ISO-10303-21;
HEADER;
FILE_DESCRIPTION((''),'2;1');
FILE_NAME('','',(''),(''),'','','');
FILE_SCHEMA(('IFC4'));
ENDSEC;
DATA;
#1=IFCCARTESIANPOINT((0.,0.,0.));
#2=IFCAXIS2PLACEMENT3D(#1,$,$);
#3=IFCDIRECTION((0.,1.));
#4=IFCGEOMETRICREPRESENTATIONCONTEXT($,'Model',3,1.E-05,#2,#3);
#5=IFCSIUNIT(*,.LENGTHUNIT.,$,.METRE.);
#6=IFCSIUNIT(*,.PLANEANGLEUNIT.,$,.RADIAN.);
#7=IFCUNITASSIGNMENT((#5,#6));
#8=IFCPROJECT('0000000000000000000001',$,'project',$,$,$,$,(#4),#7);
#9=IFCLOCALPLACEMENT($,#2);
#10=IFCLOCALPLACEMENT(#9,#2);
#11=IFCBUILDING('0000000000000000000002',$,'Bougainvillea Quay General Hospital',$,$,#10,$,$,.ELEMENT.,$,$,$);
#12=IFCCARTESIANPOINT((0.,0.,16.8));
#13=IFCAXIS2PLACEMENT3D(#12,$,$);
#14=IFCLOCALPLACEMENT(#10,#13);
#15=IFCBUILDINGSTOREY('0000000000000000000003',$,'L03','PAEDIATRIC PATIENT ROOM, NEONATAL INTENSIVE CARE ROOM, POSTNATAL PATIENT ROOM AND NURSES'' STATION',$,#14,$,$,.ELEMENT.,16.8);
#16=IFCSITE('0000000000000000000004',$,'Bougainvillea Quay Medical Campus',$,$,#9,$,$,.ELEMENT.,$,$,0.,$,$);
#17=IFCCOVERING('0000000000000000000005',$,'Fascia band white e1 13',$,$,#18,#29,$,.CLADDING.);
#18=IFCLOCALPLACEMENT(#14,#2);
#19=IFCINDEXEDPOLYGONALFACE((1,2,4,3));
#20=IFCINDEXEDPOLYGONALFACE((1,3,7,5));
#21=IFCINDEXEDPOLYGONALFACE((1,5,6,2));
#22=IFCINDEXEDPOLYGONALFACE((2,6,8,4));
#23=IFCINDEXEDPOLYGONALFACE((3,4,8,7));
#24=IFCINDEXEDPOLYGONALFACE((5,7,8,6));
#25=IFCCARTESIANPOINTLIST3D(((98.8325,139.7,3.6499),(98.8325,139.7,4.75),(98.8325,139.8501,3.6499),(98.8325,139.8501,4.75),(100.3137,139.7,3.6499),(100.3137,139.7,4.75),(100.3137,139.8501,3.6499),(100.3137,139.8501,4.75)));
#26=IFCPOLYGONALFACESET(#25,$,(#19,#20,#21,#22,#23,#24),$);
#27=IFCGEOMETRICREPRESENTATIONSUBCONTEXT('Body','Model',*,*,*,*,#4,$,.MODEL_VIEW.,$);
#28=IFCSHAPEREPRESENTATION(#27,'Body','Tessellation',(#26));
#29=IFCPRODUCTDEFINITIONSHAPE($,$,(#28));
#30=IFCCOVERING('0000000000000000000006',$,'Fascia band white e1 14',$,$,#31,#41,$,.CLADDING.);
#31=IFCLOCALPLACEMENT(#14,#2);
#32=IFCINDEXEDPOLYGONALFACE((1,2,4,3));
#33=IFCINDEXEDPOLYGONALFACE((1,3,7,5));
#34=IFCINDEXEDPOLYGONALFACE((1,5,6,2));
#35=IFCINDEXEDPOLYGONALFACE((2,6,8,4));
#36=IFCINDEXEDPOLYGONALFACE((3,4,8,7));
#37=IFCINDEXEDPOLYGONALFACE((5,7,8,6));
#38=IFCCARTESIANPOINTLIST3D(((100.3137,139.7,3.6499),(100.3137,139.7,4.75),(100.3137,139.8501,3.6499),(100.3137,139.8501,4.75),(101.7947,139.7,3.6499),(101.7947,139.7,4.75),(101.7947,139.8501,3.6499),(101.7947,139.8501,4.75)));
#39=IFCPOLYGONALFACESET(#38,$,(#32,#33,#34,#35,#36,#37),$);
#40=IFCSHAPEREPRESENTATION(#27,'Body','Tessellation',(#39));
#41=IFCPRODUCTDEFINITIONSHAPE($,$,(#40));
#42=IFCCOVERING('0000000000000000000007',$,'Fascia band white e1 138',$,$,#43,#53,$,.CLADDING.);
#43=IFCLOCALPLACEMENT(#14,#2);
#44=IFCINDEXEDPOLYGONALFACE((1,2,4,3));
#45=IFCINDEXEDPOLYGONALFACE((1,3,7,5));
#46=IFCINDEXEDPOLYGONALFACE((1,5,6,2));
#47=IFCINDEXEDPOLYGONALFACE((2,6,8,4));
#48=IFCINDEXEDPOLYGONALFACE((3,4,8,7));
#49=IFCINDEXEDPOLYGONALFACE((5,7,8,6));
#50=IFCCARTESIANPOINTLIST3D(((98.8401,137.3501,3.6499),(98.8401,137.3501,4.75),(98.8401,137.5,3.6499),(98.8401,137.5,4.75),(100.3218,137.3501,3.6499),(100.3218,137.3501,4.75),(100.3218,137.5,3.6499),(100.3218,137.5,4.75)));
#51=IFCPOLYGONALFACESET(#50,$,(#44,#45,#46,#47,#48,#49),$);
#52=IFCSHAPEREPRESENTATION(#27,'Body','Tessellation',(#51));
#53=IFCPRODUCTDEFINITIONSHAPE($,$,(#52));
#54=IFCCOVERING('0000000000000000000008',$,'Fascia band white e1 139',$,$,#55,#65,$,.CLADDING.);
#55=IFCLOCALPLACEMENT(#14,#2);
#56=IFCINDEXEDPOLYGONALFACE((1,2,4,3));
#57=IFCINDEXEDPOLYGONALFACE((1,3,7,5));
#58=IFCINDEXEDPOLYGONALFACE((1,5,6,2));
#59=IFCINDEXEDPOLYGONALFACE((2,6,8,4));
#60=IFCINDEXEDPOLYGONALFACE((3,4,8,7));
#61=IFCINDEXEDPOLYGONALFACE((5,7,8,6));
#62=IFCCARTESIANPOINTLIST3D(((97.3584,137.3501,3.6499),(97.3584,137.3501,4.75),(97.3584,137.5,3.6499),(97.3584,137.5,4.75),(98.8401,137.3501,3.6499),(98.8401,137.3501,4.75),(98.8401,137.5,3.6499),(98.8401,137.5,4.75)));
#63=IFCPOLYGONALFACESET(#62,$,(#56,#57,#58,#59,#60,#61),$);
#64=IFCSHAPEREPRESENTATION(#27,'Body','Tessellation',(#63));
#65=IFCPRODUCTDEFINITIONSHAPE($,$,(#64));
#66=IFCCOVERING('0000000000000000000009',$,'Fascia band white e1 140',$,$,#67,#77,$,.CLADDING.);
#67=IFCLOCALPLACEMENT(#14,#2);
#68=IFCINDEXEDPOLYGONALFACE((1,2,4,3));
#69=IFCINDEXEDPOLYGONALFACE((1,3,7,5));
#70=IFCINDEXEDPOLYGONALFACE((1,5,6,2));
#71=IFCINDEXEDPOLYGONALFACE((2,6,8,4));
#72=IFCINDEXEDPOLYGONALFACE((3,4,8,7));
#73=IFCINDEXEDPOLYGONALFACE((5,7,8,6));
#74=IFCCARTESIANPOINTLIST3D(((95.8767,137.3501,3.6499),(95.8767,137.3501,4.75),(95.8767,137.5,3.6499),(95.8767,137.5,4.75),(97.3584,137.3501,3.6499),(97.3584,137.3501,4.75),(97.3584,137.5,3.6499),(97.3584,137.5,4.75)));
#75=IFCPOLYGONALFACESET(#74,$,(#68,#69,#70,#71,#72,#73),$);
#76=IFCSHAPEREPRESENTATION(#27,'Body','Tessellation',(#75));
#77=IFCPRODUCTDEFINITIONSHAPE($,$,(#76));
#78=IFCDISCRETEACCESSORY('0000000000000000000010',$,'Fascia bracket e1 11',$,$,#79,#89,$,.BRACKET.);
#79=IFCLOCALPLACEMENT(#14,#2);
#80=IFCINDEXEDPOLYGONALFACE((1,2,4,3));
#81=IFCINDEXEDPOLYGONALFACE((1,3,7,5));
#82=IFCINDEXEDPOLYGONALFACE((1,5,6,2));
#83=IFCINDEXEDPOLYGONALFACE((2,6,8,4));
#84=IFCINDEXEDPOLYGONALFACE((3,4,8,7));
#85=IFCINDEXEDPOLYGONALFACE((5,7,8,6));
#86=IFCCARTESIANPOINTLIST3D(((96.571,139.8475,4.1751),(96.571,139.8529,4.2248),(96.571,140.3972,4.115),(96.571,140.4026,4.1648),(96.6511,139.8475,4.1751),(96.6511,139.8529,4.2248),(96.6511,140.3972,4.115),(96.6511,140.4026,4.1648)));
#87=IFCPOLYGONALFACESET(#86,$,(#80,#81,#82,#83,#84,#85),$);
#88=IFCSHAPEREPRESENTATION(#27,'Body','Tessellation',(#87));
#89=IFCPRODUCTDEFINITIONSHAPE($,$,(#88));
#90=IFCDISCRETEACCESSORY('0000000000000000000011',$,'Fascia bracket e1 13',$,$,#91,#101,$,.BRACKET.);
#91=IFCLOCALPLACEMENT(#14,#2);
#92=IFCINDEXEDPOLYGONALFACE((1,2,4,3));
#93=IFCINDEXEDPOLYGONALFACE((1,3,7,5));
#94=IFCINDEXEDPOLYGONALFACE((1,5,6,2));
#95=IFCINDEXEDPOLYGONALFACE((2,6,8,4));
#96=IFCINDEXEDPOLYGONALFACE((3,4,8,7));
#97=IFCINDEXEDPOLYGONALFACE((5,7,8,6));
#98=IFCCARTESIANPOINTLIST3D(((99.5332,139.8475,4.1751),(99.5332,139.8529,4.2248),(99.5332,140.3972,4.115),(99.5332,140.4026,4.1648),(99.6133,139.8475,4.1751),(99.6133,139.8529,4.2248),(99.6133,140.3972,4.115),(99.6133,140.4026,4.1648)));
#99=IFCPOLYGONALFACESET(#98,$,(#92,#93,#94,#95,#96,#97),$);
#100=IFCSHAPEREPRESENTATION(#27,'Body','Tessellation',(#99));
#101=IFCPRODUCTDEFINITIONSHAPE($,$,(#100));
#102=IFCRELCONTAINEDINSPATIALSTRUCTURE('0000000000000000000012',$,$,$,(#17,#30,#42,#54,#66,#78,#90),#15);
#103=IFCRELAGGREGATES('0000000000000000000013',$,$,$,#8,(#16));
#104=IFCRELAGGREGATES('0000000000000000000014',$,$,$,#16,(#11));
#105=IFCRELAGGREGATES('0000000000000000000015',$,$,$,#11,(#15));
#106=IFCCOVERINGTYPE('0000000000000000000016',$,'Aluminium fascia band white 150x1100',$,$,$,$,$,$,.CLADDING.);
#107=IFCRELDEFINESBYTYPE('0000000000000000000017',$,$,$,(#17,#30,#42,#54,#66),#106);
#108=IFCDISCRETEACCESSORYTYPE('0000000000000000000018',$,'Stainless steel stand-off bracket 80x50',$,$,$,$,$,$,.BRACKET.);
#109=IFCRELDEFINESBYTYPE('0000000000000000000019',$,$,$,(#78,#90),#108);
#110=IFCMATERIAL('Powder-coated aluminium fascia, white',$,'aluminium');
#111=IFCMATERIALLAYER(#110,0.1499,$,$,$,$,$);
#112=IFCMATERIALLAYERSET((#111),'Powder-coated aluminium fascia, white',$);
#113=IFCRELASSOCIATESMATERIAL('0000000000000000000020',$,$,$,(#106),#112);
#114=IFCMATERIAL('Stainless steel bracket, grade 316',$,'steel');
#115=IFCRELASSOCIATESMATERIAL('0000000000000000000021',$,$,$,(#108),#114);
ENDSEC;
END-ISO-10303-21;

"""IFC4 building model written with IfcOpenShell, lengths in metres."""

from ifc_helpers import new_model, si_unit, direction, frame, origin, origin_2d, place, context, subcontext, project, spatial, polyline, rectangle, outline, extrude, material, layer, layer_set, material_profile, profile_set, type_object, element, save


model = new_model("IFC4")

# Units and contexts
model_context = context("Model", 3, precision=1e-05, world=origin(), true_north=direction((0.0, 1.0)))
body_context = subcontext(model_context, "Body", "Model", "MODEL_VIEW")
ifc_project = project(units=[si_unit("LENGTHUNIT", "METRE"), si_unit("PLANEANGLEUNIT", "RADIAN")], contexts=[model_context])

# Site, building, storey
site_placement = place(None, origin())
site = spatial("IfcSite", under=ifc_project, at=site_placement, Name="Bougainvillea Quay Medical Campus", CompositionType="ELEMENT", RefElevation=0.0)
building_placement = place(site_placement, origin())
building = spatial("IfcBuilding", under=site, at=building_placement, Name="Bougainvillea Quay General Hospital", CompositionType="ELEMENT")
storey_placement = place(building_placement, frame((0.0, 0.0, 16.8)))
storey = spatial("IfcBuildingStorey", under=building, at=storey_placement, Name="L03", Description="PAEDIATRIC PATIENT ROOM, NEONATAL INTENSIVE CARE ROOM, POSTNATAL PATIENT ROOM AND NURSES' STATION", CompositionType="ELEMENT", Elevation=16.8)

# Coverings
ifc_material_1 = material(Name="Powder-coated aluminium fascia, white", Category="aluminium")
ifc_layer_1 = layer(ifc_material_1, 0.1499)
ifc_layer_set_1 = layer_set([ifc_layer_1], Name="Powder-coated aluminium fascia, white")
covering_type = type_object("IfcCoveringType", Name="Aluminium fascia band white 150x1100", PredefinedType="CLADDING", material=ifc_layer_set_1)
covering_1_placement = place(storey_placement, frame((98.8325, 139.8501, 3.6499), z_axis=(0.0, 0.0, 1.0), x_axis=(1.0, 0.0, 0.0)))
element("IfcCovering", 1, at=covering_1_placement, inside=storey, type_object=covering_type, Name="Fascia band white e1 13", PredefinedType="CLADDING", context=body_context, shape_type="SweptSolid", body=[
    extrude(outline(polyline([(0.0, 0.0), (1.4812, 0.0), (1.4812, -0.1501), (0.0, -0.1501), (0.0, 0.0)])), origin(), (0.0, 0.0, 1.0), 1.1001),
])
covering_2_placement = place(storey_placement, frame((100.3137, 139.8501, 3.6499), z_axis=(0.0, 0.0, 1.0), x_axis=(1.0, 0.0, 0.0)))
element("IfcCovering", 2, at=covering_2_placement, inside=storey, type_object=covering_type, Name="Fascia band white e1 14", PredefinedType="CLADDING", context=body_context, shape_type="SweptSolid", body=[
    extrude(outline(polyline([(0.0, 0.0), (1.481, 0.0), (1.481, -0.1501), (0.0, -0.1501), (0.0, 0.0)])), origin(), (0.0, 0.0, 1.0), 1.1001),
])
for number, where, z_axis, x_axis, name in (
    (3, (100.3218, 137.3501, 3.6499), (0.0, 0.0, 1.0), (-1.0, 0.0, 0.0), "Fascia band white e1 138"),
    (4, (98.8401, 137.3501, 3.6499), (0.0, 0.0, 1.0), (-1.0, 0.0, 0.0), "Fascia band white e1 139"),
    (5, (97.3584, 137.3501, 3.6499), (0.0, 0.0, 1.0), (-1.0, 0.0, 0.0), "Fascia band white e1 140"),
):
    element("IfcCovering", number, at=place(storey_placement, frame(where, z_axis=z_axis, x_axis=x_axis)), inside=storey, type_object=covering_type, Name=name, PredefinedType="CLADDING", context=body_context, shape_type="SweptSolid", body=[
        extrude(outline(polyline([(0.0, 0.0), (1.4817, 0.0), (1.4817, -0.1499), (0.0, -0.1499), (0.0, 0.0)])), origin(), (0.0, 0.0, 1.0), 1.1001),
    ])

# Discrete accessories
ifc_material_2 = material(Name="Stainless steel bracket, grade 316", Category="steel")
ifc_material_profile_1 = material_profile(ifc_material_2, rectangle(XDim=0.0801, YDim=0.05, at=origin_2d()))
ifc_profile_set_1 = profile_set([ifc_material_profile_1], Name="Stainless steel bracket, grade 316")
discrete_accessory_type = type_object("IfcDiscreteAccessoryType", Name="Stainless steel stand-off bracket 80x50", PredefinedType="BRACKET", material=ifc_profile_set_1)
for number, where, z_axis, x_axis, name in (
    (6, (96.6111, 140.3999, 4.1399), (0.0, -0.994087, 0.10859), (1.0, 0.0, 0.0), "Fascia bracket e1 11"),
    (7, (99.5732, 140.3999, 4.1399), (0.0, -0.994087, 0.10859), (1.0, 0.0, 0.0), "Fascia bracket e1 13"),
):
    element("IfcDiscreteAccessory", number, at=place(storey_placement, frame(where, z_axis=z_axis, x_axis=x_axis)), inside=storey, type_object=discrete_accessory_type, Name=name, PredefinedType="BRACKET", context=body_context, shape_type="SweptSolid", body=[
        extrude(rectangle(XDim=0.0801, YDim=0.05, at=origin_2d()), origin(), (0.0, 0.0, 1.0), 0.553),
    ])

save(model, "model.ifc")
